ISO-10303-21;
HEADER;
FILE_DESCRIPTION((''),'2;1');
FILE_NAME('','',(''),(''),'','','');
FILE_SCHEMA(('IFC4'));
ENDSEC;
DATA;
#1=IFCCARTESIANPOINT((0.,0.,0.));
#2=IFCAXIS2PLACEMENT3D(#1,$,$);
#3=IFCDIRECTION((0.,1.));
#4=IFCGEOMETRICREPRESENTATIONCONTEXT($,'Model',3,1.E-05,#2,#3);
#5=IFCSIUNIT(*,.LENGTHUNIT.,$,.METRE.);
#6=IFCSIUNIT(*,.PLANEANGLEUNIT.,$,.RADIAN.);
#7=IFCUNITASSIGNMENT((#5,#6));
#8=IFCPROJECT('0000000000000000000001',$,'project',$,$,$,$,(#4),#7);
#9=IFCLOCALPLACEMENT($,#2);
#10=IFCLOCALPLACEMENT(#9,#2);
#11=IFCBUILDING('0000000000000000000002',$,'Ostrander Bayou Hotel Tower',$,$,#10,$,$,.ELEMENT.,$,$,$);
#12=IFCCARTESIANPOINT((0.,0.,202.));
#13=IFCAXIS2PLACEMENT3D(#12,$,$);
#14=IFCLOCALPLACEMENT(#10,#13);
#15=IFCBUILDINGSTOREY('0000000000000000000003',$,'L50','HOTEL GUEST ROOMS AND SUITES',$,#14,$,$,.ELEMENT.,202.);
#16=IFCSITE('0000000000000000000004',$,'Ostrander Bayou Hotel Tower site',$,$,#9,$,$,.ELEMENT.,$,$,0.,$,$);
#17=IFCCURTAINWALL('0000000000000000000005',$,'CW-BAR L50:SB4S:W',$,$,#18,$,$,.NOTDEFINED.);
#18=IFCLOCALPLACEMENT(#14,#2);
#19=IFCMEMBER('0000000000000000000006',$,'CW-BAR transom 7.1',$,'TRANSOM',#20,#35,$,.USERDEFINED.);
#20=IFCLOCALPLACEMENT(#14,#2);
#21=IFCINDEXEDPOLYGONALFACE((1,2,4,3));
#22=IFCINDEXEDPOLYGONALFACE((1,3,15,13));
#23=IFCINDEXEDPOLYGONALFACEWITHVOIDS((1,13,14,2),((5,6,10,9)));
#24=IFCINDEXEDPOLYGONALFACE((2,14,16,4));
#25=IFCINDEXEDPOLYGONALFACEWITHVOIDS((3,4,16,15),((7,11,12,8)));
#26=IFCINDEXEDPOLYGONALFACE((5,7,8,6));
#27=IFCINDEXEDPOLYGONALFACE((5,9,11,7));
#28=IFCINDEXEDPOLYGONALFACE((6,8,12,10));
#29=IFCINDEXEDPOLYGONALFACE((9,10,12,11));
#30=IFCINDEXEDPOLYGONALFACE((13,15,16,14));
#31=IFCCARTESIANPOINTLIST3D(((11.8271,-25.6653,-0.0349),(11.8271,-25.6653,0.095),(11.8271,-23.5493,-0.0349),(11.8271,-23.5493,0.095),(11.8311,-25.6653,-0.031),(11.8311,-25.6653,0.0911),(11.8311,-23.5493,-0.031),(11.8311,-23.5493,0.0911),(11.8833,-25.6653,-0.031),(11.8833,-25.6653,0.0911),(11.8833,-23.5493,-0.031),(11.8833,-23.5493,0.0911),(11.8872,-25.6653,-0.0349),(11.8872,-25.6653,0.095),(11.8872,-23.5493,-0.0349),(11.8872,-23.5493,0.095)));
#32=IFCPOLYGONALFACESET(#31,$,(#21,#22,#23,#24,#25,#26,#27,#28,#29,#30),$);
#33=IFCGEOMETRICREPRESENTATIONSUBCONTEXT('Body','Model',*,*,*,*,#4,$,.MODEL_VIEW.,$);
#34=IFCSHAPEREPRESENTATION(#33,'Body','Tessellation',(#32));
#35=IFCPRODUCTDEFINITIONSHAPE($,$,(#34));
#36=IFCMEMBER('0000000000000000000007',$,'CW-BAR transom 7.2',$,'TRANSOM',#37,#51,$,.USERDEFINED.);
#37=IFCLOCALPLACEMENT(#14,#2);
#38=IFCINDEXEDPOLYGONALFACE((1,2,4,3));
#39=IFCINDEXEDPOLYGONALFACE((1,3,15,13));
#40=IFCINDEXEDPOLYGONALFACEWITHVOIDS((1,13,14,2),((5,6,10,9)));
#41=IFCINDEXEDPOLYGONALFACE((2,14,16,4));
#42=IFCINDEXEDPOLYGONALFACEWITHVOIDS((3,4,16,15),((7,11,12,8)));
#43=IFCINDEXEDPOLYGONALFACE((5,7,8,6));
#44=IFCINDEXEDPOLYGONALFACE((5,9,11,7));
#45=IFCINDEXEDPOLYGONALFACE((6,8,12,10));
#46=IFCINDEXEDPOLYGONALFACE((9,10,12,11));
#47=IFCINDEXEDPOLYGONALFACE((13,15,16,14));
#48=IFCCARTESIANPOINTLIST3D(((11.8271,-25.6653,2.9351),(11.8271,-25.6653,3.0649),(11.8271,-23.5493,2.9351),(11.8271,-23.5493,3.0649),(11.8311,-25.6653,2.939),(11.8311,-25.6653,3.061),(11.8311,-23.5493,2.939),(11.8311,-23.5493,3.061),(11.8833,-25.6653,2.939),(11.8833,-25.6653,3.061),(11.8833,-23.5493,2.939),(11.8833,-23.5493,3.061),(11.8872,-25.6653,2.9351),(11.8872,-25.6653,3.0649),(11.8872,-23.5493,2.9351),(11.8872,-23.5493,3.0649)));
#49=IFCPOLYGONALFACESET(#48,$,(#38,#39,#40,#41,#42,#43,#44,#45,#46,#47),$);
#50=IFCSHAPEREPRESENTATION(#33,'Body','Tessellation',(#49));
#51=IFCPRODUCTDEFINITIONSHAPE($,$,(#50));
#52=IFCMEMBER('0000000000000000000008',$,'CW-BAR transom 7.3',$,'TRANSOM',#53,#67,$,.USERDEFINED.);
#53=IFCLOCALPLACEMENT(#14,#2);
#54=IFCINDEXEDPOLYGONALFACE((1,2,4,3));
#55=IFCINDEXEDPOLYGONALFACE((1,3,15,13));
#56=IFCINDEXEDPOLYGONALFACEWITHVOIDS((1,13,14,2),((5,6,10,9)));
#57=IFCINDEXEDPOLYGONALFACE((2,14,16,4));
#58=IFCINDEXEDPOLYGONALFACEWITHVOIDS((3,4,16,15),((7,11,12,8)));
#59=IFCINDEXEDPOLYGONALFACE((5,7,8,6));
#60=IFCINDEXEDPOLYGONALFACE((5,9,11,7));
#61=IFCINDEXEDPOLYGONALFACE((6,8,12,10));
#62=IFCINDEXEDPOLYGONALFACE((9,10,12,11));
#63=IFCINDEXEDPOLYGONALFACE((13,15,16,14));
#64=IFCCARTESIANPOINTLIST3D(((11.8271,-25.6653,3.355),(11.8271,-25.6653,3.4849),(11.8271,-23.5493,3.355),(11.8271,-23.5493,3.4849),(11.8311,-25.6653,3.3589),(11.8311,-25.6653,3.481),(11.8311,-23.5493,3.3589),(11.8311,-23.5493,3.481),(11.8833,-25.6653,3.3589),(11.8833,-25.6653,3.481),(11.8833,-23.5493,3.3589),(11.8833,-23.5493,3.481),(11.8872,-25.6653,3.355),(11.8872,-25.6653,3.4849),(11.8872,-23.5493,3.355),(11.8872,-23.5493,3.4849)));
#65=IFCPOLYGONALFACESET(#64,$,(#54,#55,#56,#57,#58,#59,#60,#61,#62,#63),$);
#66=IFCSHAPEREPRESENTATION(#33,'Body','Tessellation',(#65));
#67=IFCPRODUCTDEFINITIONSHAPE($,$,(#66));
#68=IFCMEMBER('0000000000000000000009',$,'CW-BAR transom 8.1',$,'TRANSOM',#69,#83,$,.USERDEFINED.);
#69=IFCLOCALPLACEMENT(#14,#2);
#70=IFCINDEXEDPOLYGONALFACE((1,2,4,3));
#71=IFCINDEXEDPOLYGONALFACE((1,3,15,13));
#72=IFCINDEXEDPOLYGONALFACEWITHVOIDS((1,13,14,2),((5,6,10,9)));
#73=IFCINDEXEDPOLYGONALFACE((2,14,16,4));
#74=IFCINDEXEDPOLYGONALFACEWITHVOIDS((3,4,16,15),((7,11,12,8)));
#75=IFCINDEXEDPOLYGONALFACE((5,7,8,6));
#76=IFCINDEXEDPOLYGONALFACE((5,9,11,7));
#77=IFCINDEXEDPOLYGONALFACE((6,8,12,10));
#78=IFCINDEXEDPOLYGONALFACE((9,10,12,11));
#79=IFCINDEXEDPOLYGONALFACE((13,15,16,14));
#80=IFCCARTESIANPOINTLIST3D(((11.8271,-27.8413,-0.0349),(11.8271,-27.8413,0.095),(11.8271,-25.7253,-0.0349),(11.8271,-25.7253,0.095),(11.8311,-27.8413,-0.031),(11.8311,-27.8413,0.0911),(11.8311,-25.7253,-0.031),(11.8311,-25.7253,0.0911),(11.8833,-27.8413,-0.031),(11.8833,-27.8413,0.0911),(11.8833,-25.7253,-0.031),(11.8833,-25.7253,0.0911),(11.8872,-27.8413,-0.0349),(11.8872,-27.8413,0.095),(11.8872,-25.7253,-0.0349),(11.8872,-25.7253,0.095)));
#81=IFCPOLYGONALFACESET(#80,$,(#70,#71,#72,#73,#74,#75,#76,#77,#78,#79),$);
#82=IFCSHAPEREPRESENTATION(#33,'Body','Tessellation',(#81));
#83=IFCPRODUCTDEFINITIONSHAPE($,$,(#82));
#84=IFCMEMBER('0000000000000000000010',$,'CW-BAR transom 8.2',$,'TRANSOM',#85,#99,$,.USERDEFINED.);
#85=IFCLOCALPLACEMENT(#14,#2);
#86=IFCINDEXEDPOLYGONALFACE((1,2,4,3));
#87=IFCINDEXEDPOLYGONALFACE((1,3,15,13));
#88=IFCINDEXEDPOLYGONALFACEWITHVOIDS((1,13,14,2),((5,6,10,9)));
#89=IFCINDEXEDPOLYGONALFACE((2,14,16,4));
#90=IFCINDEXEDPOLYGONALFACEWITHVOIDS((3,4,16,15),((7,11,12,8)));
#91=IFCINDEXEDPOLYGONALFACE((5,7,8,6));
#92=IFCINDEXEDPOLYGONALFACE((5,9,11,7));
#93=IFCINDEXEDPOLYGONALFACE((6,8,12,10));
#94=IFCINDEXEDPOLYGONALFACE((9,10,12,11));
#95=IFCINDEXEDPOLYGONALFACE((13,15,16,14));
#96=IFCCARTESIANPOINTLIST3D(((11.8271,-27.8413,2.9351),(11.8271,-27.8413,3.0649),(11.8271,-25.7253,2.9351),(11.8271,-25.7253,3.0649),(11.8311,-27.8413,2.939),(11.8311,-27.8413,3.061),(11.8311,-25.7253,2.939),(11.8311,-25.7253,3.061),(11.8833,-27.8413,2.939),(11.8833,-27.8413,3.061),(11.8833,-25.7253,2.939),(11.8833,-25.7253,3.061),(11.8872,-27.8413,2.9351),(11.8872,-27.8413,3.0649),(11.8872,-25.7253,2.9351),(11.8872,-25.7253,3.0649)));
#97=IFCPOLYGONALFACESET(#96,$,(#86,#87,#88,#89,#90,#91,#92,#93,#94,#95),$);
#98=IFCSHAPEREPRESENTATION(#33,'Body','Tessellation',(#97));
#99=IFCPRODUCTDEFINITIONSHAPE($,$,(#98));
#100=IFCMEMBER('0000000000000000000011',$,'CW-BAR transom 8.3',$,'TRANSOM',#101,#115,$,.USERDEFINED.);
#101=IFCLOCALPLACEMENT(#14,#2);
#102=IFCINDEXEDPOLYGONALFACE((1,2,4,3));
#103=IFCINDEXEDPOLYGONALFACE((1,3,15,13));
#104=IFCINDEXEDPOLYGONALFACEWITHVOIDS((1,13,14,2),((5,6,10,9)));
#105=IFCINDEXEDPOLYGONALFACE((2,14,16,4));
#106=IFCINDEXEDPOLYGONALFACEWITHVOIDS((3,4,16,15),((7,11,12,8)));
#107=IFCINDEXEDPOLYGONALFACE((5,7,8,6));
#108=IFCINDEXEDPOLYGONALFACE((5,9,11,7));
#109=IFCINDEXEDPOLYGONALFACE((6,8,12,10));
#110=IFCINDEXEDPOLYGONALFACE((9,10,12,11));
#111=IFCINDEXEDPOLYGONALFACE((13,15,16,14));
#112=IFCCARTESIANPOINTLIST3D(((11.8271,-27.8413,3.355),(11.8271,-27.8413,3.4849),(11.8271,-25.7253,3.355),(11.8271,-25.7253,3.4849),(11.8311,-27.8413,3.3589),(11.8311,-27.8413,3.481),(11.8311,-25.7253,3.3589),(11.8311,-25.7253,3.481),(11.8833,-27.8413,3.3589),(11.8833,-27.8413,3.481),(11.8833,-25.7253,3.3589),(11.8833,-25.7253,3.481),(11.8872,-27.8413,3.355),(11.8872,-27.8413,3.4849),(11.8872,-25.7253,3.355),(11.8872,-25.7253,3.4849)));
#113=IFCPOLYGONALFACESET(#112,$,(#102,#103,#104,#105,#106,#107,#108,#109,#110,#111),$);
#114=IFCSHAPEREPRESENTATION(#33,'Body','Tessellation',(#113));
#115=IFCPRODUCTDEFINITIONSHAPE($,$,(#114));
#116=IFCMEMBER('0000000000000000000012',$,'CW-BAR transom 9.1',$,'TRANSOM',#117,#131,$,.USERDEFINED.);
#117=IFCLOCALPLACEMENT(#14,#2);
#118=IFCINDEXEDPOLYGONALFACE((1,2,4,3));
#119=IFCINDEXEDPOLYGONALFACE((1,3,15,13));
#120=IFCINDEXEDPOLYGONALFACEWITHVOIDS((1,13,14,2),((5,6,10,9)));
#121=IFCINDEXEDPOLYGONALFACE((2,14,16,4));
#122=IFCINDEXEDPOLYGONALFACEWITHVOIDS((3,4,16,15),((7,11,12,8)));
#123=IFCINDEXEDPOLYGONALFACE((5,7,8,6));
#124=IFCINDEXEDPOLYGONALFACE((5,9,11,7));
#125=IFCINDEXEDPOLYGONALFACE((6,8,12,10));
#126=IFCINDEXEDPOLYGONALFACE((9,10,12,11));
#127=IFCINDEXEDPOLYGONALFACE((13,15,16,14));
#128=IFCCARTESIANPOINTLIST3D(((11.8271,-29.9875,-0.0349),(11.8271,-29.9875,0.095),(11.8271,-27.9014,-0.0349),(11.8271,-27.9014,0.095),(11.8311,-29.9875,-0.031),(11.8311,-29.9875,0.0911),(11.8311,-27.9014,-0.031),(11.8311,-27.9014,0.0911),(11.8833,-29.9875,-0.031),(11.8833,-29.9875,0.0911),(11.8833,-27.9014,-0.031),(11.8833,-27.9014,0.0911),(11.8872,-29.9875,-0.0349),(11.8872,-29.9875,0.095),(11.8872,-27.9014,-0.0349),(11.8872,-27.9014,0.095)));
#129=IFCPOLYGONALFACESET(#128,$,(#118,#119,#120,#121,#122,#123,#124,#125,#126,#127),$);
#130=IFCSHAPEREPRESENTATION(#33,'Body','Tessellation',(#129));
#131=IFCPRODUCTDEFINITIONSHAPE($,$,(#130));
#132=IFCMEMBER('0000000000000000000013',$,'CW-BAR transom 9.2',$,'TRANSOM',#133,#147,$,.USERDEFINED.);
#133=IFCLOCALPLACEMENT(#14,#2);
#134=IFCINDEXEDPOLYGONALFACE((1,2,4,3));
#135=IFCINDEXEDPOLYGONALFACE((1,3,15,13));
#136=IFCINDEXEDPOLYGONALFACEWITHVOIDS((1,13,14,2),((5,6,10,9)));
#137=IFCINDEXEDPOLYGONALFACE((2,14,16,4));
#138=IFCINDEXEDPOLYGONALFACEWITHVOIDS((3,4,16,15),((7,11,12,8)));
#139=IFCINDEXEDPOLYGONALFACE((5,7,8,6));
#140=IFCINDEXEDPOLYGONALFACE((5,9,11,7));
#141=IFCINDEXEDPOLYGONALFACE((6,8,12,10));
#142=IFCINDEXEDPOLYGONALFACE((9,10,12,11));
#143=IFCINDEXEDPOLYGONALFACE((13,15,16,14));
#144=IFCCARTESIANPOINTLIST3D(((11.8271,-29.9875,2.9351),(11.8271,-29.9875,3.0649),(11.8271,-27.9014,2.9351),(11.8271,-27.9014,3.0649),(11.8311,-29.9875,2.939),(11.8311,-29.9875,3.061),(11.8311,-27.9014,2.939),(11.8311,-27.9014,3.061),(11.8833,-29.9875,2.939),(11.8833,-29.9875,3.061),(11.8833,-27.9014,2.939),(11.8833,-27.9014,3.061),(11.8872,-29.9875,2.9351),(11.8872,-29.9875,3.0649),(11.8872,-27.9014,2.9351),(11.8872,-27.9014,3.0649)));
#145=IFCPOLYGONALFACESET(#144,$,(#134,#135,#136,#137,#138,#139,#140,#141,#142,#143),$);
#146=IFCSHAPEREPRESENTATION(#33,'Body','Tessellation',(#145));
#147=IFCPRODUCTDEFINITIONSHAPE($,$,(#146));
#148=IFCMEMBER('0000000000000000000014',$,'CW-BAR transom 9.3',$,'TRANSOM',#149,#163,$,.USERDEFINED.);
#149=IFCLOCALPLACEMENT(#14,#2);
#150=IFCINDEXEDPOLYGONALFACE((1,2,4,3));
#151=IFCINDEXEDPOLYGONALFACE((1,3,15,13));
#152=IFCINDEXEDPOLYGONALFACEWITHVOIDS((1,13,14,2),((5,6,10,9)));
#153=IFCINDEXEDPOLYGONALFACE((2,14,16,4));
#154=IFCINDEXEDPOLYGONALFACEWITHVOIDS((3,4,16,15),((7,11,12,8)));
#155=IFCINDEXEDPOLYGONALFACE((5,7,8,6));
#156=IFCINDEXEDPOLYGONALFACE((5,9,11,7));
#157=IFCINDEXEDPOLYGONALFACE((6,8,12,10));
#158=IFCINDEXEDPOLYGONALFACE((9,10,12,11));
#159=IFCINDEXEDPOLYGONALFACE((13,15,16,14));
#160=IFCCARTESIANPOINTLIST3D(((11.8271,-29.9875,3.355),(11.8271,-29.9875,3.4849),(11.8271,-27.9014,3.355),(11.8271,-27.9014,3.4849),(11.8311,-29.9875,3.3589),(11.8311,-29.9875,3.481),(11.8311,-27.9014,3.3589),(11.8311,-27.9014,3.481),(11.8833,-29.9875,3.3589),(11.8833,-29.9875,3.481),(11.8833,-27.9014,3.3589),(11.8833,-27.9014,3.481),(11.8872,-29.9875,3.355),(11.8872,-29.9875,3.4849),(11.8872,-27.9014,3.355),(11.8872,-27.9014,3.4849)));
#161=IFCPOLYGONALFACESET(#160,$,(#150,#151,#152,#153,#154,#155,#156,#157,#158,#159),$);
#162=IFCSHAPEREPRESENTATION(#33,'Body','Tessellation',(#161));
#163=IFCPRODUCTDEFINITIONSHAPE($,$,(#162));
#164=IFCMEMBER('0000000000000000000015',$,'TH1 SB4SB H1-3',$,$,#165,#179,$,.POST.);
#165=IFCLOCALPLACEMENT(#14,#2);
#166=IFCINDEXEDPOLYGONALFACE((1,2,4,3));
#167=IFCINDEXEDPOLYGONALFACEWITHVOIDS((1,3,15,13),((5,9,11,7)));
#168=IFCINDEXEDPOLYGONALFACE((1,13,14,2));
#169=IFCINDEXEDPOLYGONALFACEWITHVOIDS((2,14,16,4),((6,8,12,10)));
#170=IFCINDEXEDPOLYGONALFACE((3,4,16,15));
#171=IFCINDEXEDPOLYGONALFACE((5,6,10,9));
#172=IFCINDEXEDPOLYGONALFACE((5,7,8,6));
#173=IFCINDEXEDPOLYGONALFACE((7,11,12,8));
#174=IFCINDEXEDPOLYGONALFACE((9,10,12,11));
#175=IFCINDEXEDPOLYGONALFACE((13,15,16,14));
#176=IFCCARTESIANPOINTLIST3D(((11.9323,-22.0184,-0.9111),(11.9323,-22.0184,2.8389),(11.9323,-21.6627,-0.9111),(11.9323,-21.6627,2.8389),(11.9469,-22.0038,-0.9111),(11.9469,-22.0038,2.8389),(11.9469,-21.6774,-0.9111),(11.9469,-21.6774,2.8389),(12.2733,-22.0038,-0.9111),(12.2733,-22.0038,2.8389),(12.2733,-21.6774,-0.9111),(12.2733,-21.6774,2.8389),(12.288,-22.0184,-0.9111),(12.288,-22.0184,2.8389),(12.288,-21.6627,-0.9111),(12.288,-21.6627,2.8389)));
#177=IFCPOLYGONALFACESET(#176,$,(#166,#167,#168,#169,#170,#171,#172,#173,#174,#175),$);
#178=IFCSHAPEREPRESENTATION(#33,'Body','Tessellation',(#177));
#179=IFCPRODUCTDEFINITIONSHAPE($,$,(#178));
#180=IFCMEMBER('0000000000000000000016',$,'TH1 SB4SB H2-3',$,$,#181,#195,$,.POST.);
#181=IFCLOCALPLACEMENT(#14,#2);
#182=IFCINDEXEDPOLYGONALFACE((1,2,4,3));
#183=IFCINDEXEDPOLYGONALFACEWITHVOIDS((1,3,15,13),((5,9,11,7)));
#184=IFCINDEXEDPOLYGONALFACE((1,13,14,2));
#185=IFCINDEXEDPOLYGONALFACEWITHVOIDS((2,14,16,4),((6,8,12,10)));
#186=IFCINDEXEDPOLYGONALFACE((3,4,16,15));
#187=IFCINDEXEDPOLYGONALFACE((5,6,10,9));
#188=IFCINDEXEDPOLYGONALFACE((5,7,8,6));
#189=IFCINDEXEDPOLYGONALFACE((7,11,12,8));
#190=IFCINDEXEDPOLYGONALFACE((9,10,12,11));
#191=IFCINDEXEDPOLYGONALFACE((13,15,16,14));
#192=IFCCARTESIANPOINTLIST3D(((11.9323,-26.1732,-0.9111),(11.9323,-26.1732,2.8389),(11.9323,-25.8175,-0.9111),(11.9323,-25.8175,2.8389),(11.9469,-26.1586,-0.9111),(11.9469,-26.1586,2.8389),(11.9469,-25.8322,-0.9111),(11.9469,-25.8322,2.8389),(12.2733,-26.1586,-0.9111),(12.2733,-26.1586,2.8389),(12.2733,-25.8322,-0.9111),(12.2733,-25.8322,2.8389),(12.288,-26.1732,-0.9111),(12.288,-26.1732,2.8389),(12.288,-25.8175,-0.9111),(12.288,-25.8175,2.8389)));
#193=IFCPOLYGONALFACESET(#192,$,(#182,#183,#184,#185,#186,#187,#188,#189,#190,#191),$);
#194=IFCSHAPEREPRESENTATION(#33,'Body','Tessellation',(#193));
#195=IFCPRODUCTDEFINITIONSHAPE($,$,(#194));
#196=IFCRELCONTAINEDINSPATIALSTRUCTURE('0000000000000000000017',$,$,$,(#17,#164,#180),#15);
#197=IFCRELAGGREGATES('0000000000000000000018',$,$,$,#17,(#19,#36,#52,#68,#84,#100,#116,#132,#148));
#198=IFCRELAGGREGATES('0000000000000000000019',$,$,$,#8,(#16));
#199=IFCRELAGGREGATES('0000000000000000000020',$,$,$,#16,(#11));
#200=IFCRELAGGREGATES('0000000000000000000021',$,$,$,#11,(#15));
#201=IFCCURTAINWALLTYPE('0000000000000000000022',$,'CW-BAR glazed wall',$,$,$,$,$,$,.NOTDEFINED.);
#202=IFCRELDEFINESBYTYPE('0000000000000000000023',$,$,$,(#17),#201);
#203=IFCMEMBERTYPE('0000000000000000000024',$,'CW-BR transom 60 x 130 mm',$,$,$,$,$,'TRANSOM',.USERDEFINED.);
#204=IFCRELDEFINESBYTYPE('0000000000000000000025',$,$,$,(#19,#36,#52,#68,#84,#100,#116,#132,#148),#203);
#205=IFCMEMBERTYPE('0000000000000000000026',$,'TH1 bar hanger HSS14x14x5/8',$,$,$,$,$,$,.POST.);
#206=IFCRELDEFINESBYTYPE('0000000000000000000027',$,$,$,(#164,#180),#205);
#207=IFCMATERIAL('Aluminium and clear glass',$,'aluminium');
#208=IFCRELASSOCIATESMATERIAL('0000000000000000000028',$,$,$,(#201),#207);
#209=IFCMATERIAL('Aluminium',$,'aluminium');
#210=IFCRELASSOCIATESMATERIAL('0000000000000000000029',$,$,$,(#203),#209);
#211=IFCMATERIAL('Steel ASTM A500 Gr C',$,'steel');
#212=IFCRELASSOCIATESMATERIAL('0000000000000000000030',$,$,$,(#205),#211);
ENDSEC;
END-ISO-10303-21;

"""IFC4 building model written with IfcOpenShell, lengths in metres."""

from ifc_helpers import new_model, si_unit, direction, frame, origin, origin_2d, place, context, subcontext, project, spatial, hollow_rectangle, extrude, material, material_profile, profile_set, type_object, element, aggregate, save


model = new_model("IFC4")

# Units and contexts
model_context = context("Model", 3, precision=1e-05, world=origin(), true_north=direction((0.0, 1.0)))
body_context = subcontext(model_context, "Body", "Model", "MODEL_VIEW")
ifc_project = project(units=[si_unit("LENGTHUNIT", "METRE"), si_unit("PLANEANGLEUNIT", "RADIAN")], contexts=[model_context])

# Site, building, storey
site_placement = place(None, origin())
site = spatial("IfcSite", under=ifc_project, at=site_placement, Name="Ostrander Bayou Hotel Tower site", CompositionType="ELEMENT", RefElevation=0.0)
building_placement = place(site_placement, origin())
building = spatial("IfcBuilding", under=site, at=building_placement, Name="Ostrander Bayou Hotel Tower", CompositionType="ELEMENT")
storey_placement = place(building_placement, frame((0.0, 0.0, 202.0)))
storey = spatial("IfcBuildingStorey", under=building, at=storey_placement, Name="L50", Description="HOTEL GUEST ROOMS AND SUITES", CompositionType="ELEMENT", Elevation=202.0)

# Shared definitions
ifc_material_1 = material(Name="Aluminium and clear glass", Category="aluminium")
curtain_wall_type = type_object("IfcCurtainWallType", Name="CW-BAR glazed wall", PredefinedType="NOTDEFINED", material=ifc_material_1)

# Curtain wall, members
curtain_wall_1_placement = place(storey_placement, origin())
curtain_wall_1 = element("IfcCurtainWall", 1, at=curtain_wall_1_placement, inside=storey, type_object=curtain_wall_type, Name="CW-BAR L50:SB4S:W", PredefinedType="NOTDEFINED")
ifc_material_2 = material(Name="Aluminium", Category="aluminium")
ifc_material_profile_1 = material_profile(ifc_material_2, hollow_rectangle(XDim=0.0601, YDim=0.1299, WallThickness=0.0039, at=origin_2d()))
ifc_profile_set_1 = profile_set([ifc_material_profile_1], Name="Aluminium")
member_type_1 = type_object("IfcMemberType", Name="CW-BR transom 60 x 130 mm", ElementType="TRANSOM", PredefinedType="USERDEFINED", material=ifc_profile_set_1)
member_1_placement = place(storey_placement, frame((11.8572, -23.5493, 0.03), z_axis=(0.0, -1.0, 0.0), x_axis=(1.0, 0.0, 0.0)))
member_1 = element("IfcMember", 2, at=member_1_placement, type_object=member_type_1, Name="CW-BAR transom 7.1", ObjectType="TRANSOM", PredefinedType="USERDEFINED", context=body_context, shape_type="SweptSolid", body=[
    extrude(hollow_rectangle(XDim=0.0601, YDim=0.1299, WallThickness=0.0039, at=origin_2d()), origin(), (0.0, 0.0, 1.0), 2.116),
])
member_2_placement = place(storey_placement, frame((11.8572, -23.5493, 3.0), z_axis=(0.0, -1.0, 0.0), x_axis=(1.0, 0.0, 0.0)))
member_2 = element("IfcMember", 3, at=member_2_placement, type_object=member_type_1, Name="CW-BAR transom 7.2", ObjectType="TRANSOM", PredefinedType="USERDEFINED", context=body_context, shape_type="SweptSolid", body=[
    extrude(hollow_rectangle(XDim=0.0601, YDim=0.1299, WallThickness=0.0039, at=origin_2d()), origin(), (0.0, 0.0, 1.0), 2.116),
])
member_3_placement = place(storey_placement, frame((11.8572, -23.5493, 3.4199), z_axis=(0.0, -1.0, 0.0), x_axis=(1.0, 0.0, 0.0)))
member_3 = element("IfcMember", 4, at=member_3_placement, type_object=member_type_1, Name="CW-BAR transom 7.3", ObjectType="TRANSOM", PredefinedType="USERDEFINED", context=body_context, shape_type="SweptSolid", body=[
    extrude(hollow_rectangle(XDim=0.0601, YDim=0.1299, WallThickness=0.0039, at=origin_2d()), origin(), (0.0, 0.0, 1.0), 2.116),
])
member_4_placement = place(storey_placement, frame((11.8572, -25.7253, 0.03), z_axis=(0.0, -1.0, 0.0), x_axis=(1.0, 0.0, 0.0)))
member_4 = element("IfcMember", 5, at=member_4_placement, type_object=member_type_1, Name="CW-BAR transom 8.1", ObjectType="TRANSOM", PredefinedType="USERDEFINED", context=body_context, shape_type="SweptSolid", body=[
    extrude(hollow_rectangle(XDim=0.0601, YDim=0.1299, WallThickness=0.0039, at=origin_2d()), origin(), (0.0, 0.0, 1.0), 2.116),
])
member_5_placement = place(storey_placement, frame((11.8572, -25.7253, 3.0), z_axis=(0.0, -1.0, 0.0), x_axis=(1.0, 0.0, 0.0)))
member_5 = element("IfcMember", 6, at=member_5_placement, type_object=member_type_1, Name="CW-BAR transom 8.2", ObjectType="TRANSOM", PredefinedType="USERDEFINED", context=body_context, shape_type="SweptSolid", body=[
    extrude(hollow_rectangle(XDim=0.0601, YDim=0.1299, WallThickness=0.0039, at=origin_2d()), origin(), (0.0, 0.0, 1.0), 2.116),
])
member_6_placement = place(storey_placement, frame((11.8572, -25.7253, 3.4199), z_axis=(0.0, -1.0, 0.0), x_axis=(1.0, 0.0, 0.0)))
member_6 = element("IfcMember", 7, at=member_6_placement, type_object=member_type_1, Name="CW-BAR transom 8.3", ObjectType="TRANSOM", PredefinedType="USERDEFINED", context=body_context, shape_type="SweptSolid", body=[
    extrude(hollow_rectangle(XDim=0.0601, YDim=0.1299, WallThickness=0.0039, at=origin_2d()), origin(), (0.0, 0.0, 1.0), 2.116),
])
member_7_placement = place(storey_placement, frame((11.8572, -27.9014, 0.03), z_axis=(0.0, -1.0, 0.0), x_axis=(1.0, 0.0, 0.0)))
member_7 = element("IfcMember", 8, at=member_7_placement, type_object=member_type_1, Name="CW-BAR transom 9.1", ObjectType="TRANSOM", PredefinedType="USERDEFINED", context=body_context, shape_type="SweptSolid", body=[
    extrude(hollow_rectangle(XDim=0.0601, YDim=0.1299, WallThickness=0.0039, at=origin_2d()), origin(), (0.0, 0.0, 1.0), 2.0862),
])
member_8_placement = place(storey_placement, frame((11.8572, -27.9014, 3.0), z_axis=(0.0, -1.0, 0.0), x_axis=(1.0, 0.0, 0.0)))
member_8 = element("IfcMember", 9, at=member_8_placement, type_object=member_type_1, Name="CW-BAR transom 9.2", ObjectType="TRANSOM", PredefinedType="USERDEFINED", context=body_context, shape_type="SweptSolid", body=[
    extrude(hollow_rectangle(XDim=0.0601, YDim=0.1299, WallThickness=0.0039, at=origin_2d()), origin(), (0.0, 0.0, 1.0), 2.0862),
])
member_9_placement = place(storey_placement, frame((11.8572, -27.9014, 3.4199), z_axis=(0.0, -1.0, 0.0), x_axis=(1.0, 0.0, 0.0)))
member_9 = element("IfcMember", 10, at=member_9_placement, type_object=member_type_1, Name="CW-BAR transom 9.3", ObjectType="TRANSOM", PredefinedType="USERDEFINED", context=body_context, shape_type="SweptSolid", body=[
    extrude(hollow_rectangle(XDim=0.0601, YDim=0.1299, WallThickness=0.0039, at=origin_2d()), origin(), (0.0, 0.0, 1.0), 2.0862),
])

# Members
ifc_material_3 = material(Name="Steel ASTM A500 Gr C", Category="steel")
ifc_material_profile_2 = material_profile(ifc_material_3, hollow_rectangle(XDim=0.3557, YDim=0.3557, WallThickness=0.0146, at=origin_2d()))
ifc_profile_set_2 = profile_set([ifc_material_profile_2], Name="Steel ASTM A500 Gr C")
member_type_2 = type_object("IfcMemberType", Name="TH1 bar hanger HSS14x14x5/8", PredefinedType="POST", material=ifc_profile_set_2)
for number, where, z_axis, x_axis, name in (
    (11, (12.1101, -21.8406, -0.9111), (0.0, 0.0, 1.0), (1.0, 0.0, 0.0), "TH1 SB4SB H1-3"),
    (12, (12.1101, -25.9954, -0.9111), (0.0, 0.0, 1.0), (1.0, 0.0, 0.0), "TH1 SB4SB H2-3"),
):
    element("IfcMember", number, at=place(storey_placement, frame(where, z_axis=z_axis, x_axis=x_axis)), inside=storey, type_object=member_type_2, Name=name, PredefinedType="POST", context=body_context, shape_type="SweptSolid", body=[
        extrude(hollow_rectangle(XDim=0.3557, YDim=0.3557, WallThickness=0.0146, at=origin_2d()), origin(), (0.0, 0.0, 1.0), 3.75),
    ])

aggregate(curtain_wall_1, [member_1, member_2, member_3, member_4, member_5, member_6, member_7, member_8, member_9])

save(model, "model.ifc")
